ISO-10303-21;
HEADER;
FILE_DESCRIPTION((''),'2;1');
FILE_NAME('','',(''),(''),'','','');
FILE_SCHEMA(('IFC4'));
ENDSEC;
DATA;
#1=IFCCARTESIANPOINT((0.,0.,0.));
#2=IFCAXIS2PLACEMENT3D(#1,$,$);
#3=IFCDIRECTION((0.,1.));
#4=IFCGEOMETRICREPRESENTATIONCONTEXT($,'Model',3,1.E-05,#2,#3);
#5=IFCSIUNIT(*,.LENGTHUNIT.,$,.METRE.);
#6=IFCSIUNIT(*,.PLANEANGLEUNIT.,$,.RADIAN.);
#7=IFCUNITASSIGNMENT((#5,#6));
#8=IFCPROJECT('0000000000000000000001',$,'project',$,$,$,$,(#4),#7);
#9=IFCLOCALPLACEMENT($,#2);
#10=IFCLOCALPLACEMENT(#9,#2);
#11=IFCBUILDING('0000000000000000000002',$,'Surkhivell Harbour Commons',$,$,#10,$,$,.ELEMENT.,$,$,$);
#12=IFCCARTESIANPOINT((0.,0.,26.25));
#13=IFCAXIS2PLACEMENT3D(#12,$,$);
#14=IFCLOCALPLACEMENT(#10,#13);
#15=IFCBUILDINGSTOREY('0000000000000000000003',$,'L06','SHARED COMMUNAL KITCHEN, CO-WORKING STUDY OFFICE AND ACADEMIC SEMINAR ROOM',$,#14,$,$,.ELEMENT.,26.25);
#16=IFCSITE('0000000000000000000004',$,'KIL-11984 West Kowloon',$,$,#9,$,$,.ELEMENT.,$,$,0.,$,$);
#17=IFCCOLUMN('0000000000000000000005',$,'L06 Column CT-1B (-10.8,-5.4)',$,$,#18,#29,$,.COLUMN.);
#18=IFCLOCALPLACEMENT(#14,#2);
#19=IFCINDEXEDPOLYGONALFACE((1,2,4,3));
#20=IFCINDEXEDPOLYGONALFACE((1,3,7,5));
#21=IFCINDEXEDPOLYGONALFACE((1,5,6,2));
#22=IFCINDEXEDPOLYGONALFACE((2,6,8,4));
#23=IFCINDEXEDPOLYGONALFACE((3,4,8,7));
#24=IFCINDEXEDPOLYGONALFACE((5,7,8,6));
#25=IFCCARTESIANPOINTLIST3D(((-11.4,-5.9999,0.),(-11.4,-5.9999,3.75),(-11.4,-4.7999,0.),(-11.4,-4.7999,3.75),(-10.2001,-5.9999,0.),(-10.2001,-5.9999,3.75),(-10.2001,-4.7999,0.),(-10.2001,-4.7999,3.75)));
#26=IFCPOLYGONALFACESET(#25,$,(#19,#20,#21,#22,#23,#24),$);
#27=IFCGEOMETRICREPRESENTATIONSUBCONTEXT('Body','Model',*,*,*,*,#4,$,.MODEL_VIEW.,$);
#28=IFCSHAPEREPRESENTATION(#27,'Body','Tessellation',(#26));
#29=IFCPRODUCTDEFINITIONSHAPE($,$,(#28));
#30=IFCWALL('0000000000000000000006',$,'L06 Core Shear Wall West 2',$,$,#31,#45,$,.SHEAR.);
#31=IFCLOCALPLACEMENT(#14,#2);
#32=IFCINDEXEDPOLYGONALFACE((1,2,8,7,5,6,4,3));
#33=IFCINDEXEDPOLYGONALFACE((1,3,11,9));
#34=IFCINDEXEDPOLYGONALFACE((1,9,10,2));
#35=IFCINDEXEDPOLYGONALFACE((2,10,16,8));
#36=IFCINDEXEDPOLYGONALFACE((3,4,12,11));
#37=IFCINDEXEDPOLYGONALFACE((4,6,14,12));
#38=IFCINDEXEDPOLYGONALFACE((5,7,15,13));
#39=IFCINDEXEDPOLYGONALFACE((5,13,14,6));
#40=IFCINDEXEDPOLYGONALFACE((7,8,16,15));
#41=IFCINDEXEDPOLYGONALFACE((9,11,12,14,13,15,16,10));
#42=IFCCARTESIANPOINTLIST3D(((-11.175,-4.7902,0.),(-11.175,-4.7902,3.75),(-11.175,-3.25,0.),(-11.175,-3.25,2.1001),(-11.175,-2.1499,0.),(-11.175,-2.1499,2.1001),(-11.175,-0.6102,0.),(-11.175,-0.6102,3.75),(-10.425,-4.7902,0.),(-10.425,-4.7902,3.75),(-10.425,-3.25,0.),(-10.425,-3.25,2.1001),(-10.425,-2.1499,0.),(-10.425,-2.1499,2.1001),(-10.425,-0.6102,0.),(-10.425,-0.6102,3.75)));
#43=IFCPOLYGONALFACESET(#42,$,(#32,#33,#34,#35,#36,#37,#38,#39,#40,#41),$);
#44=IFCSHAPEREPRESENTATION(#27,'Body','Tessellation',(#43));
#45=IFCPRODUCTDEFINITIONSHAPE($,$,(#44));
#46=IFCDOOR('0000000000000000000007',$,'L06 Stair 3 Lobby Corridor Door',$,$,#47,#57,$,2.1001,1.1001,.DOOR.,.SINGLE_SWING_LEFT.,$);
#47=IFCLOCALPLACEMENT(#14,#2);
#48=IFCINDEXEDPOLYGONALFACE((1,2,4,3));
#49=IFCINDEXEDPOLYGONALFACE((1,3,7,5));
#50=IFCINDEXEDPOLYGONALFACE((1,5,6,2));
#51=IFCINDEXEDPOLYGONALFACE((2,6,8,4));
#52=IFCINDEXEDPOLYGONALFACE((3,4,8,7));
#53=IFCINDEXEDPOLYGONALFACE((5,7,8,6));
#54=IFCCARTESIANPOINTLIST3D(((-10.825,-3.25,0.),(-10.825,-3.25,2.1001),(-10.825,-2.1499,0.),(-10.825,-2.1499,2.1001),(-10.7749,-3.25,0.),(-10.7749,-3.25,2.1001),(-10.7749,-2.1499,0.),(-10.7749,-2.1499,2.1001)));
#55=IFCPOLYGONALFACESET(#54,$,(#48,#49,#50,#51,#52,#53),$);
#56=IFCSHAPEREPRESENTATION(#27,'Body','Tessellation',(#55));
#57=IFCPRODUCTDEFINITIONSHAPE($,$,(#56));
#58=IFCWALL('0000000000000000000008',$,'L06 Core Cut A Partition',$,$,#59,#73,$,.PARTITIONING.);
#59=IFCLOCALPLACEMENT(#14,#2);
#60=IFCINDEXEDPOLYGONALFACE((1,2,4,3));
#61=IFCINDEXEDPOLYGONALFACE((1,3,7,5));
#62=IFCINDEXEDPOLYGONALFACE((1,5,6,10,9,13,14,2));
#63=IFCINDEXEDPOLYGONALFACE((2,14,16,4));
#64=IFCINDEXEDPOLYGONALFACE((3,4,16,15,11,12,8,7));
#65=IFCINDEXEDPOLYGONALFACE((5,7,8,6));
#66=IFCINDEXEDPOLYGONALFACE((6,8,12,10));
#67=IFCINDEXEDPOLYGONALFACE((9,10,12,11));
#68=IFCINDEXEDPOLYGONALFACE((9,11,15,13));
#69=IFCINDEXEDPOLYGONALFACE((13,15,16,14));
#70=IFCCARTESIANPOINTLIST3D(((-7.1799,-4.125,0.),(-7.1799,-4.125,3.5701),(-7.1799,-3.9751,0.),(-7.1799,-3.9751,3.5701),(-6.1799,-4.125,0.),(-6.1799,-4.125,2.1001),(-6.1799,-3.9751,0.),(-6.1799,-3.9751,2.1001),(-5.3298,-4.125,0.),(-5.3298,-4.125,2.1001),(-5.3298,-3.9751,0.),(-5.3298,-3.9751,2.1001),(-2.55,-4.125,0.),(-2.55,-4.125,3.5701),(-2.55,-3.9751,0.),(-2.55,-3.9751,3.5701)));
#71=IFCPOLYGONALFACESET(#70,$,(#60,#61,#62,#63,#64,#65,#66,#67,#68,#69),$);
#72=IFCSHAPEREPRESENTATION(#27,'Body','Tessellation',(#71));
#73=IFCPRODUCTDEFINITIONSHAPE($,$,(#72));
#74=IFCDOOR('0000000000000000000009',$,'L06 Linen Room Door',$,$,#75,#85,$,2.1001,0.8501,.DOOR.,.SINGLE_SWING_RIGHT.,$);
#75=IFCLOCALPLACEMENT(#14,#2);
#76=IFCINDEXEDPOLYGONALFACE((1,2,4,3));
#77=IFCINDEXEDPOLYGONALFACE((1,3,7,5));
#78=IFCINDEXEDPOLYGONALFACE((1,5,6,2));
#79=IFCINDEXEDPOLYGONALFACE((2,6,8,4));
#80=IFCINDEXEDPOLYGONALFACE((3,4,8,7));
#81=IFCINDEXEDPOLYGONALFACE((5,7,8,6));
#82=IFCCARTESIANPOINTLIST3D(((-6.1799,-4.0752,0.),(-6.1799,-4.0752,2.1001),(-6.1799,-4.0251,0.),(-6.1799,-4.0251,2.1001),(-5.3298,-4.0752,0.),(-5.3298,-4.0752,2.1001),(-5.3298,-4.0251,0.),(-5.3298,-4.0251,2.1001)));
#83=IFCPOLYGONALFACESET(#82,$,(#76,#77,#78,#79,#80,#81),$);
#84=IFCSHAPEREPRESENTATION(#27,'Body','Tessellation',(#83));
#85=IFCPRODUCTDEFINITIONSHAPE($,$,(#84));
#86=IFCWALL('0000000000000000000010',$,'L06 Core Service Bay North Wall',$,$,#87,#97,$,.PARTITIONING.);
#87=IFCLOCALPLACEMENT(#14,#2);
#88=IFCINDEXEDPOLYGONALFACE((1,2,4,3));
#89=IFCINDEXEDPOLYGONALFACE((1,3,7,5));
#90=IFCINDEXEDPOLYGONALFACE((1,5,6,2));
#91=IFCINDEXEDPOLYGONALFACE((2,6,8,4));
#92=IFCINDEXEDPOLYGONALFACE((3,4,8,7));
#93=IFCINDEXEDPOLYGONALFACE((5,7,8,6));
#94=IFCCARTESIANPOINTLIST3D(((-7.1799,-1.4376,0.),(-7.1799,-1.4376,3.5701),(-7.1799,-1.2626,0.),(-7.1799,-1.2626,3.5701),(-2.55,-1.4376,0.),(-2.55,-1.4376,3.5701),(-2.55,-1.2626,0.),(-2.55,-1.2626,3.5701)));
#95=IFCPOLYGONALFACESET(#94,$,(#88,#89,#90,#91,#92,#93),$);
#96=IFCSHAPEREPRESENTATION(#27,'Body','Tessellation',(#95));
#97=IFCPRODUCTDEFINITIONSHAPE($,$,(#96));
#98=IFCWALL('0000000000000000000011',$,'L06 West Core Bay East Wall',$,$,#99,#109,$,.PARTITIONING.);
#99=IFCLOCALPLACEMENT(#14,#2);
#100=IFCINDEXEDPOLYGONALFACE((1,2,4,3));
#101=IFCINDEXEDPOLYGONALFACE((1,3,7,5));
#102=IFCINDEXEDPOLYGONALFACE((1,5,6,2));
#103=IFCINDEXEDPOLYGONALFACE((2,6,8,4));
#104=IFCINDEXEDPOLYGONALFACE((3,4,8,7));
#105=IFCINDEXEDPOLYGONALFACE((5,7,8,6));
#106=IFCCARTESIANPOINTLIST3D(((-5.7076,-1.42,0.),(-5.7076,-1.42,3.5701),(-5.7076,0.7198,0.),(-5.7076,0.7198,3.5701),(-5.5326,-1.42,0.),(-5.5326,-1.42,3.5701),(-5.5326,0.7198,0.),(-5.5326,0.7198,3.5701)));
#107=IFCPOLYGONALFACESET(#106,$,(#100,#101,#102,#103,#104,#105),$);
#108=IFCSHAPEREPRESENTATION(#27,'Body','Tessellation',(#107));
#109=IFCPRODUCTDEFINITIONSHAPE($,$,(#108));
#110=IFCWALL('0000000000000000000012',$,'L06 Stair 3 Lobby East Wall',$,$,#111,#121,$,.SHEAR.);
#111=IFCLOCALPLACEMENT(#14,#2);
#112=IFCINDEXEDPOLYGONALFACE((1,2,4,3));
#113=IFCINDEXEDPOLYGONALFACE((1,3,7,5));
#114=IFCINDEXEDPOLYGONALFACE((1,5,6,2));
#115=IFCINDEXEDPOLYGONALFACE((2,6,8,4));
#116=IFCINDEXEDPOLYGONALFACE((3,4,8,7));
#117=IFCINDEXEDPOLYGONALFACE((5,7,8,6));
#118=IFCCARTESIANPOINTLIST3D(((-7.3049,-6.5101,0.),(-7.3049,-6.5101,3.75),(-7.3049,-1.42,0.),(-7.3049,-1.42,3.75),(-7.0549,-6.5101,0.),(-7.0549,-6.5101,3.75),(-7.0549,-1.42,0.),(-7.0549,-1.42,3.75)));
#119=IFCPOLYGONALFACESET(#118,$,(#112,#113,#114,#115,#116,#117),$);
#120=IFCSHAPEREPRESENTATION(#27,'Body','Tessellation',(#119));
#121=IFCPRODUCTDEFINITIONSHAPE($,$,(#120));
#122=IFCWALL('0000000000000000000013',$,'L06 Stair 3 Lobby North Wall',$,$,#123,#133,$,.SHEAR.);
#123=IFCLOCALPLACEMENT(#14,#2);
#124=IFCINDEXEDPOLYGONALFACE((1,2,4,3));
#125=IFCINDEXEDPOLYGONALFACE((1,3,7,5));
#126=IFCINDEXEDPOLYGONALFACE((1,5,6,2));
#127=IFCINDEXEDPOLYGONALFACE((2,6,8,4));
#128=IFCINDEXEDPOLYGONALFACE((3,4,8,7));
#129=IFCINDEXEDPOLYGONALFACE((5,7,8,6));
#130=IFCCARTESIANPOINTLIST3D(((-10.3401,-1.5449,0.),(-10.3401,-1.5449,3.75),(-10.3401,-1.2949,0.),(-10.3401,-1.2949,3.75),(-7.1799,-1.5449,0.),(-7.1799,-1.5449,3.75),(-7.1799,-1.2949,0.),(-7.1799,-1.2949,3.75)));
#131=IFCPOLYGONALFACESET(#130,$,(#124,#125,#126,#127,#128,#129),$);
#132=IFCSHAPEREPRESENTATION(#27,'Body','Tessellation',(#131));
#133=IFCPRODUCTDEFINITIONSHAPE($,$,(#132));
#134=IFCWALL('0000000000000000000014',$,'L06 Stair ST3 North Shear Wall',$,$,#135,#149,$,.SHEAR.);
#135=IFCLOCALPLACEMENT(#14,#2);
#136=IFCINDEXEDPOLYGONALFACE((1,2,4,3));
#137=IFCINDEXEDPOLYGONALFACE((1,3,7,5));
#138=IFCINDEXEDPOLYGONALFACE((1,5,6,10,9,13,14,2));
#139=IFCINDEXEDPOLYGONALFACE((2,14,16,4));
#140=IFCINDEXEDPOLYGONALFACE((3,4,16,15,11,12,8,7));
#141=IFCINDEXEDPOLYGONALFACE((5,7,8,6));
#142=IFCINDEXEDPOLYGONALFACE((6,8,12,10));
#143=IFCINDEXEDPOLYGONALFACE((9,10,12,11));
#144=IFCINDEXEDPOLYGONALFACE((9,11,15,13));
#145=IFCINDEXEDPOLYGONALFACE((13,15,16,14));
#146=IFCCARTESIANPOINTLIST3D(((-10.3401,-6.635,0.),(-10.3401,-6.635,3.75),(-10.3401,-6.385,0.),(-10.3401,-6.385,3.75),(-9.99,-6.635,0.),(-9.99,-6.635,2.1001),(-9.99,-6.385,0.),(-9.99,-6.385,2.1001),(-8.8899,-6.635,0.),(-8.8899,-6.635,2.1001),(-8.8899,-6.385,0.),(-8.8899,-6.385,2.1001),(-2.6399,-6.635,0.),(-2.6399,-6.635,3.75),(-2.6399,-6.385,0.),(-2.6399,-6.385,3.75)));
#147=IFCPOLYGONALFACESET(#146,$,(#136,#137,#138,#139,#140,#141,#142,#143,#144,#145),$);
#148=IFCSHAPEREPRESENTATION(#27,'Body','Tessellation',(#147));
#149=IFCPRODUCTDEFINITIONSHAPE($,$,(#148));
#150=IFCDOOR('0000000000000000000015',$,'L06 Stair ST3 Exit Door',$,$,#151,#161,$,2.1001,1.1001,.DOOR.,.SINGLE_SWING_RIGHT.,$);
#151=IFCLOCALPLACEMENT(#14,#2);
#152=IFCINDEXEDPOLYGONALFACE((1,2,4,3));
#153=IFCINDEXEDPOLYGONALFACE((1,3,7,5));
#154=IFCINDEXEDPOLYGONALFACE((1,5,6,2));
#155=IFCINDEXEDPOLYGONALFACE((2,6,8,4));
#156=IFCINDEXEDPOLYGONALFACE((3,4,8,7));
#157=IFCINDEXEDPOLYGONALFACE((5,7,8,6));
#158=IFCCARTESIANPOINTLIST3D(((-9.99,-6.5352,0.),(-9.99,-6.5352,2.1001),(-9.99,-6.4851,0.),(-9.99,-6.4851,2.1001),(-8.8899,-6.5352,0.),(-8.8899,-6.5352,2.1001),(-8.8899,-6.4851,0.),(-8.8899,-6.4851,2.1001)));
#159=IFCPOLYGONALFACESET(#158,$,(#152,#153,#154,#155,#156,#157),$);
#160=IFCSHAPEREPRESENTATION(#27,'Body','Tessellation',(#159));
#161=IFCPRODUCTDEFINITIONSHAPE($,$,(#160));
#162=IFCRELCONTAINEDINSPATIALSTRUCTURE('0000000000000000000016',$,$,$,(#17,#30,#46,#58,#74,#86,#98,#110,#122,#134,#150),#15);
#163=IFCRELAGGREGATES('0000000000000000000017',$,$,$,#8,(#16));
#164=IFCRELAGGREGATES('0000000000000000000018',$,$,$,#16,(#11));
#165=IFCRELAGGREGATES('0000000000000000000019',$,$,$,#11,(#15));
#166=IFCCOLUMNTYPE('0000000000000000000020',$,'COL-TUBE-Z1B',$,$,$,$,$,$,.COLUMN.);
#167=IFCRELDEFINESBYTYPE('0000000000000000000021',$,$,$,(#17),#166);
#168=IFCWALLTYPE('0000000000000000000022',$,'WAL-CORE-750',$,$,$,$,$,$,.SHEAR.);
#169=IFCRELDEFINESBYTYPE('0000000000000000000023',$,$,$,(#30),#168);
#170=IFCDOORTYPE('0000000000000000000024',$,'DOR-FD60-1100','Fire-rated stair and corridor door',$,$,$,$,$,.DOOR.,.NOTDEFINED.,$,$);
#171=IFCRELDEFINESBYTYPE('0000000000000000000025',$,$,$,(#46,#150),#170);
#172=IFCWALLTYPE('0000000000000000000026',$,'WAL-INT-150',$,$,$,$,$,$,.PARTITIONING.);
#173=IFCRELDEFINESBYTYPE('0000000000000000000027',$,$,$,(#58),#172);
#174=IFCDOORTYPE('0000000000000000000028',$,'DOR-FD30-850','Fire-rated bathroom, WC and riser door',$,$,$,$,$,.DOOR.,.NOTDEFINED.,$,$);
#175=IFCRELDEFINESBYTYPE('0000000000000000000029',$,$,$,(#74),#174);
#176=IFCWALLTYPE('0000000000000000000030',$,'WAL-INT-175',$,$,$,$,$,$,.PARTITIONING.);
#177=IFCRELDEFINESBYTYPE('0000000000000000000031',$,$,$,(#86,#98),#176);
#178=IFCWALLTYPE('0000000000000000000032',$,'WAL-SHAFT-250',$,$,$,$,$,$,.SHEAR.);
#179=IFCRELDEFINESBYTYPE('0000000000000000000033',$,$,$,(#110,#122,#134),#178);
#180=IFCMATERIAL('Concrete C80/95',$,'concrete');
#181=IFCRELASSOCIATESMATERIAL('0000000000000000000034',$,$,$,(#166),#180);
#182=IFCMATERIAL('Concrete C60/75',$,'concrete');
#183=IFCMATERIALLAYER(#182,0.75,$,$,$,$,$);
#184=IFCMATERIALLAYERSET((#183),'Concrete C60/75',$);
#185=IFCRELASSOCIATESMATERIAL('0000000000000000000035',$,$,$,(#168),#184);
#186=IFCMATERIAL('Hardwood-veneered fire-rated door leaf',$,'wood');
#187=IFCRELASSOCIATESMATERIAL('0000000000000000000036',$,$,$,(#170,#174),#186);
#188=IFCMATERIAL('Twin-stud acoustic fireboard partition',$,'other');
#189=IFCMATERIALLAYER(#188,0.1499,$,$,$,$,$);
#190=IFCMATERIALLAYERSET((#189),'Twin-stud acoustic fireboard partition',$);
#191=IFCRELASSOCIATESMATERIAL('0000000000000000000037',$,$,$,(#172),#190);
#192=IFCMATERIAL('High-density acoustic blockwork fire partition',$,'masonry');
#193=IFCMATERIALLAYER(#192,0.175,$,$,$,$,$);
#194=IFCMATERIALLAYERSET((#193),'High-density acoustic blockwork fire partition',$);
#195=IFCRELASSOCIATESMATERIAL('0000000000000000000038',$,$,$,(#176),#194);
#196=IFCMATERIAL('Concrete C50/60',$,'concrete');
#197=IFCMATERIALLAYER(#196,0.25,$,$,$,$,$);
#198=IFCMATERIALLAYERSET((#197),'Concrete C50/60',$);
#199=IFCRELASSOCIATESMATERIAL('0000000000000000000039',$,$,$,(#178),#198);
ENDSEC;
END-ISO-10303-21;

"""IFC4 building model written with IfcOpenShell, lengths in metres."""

from ifc_helpers import new_model, si_unit, direction, frame, frame_2d, origin, origin_2d, place, context, subcontext, project, spatial, rectangle, extrude, material, layer, layer_set, material_profile, profile_set, type_object, element, fill, save


model = new_model("IFC4")

# Units and contexts
model_context = context("Model", 3, precision=1e-05, world=origin(), true_north=direction((0.0, 1.0)))
body_context = subcontext(model_context, "Body", "Model", "MODEL_VIEW")
ifc_project = project(units=[si_unit("LENGTHUNIT", "METRE"), si_unit("PLANEANGLEUNIT", "RADIAN")], contexts=[model_context])

# Site, building, storey
site_placement = place(None, origin())
site = spatial("IfcSite", under=ifc_project, at=site_placement, Name="KIL-11984 West Kowloon", CompositionType="ELEMENT", RefElevation=0.0)
building_placement = place(site_placement, origin())
building = spatial("IfcBuilding", under=site, at=building_placement, Name="Surkhivell Harbour Commons", CompositionType="ELEMENT")
storey_placement = place(building_placement, frame((0.0, 0.0, 26.25)))
storey = spatial("IfcBuildingStorey", under=building, at=storey_placement, Name="L06", Description="SHARED COMMUNAL KITCHEN, CO-WORKING STUDY OFFICE AND ACADEMIC SEMINAR ROOM", CompositionType="ELEMENT", Elevation=26.25)

# Column
ifc_material_1 = material(Name="Concrete C80/95", Category="concrete")
ifc_material_profile = material_profile(ifc_material_1, rectangle(XDim=1.2, YDim=1.2, at=origin_2d()), Name="RC-COL-1200x1200")
ifc_profile_set = profile_set([ifc_material_profile], Name="Concrete C80/95")
column_type = type_object("IfcColumnType", Name="COL-TUBE-Z1B", PredefinedType="COLUMN", material=ifc_profile_set)
column_placement = place(storey_placement, frame((-10.8, -5.3999, 0.0), z_axis=(0.0, 0.0, 1.0), x_axis=(1.0, 0.0, 0.0)))
element("IfcColumn", 1, at=column_placement, inside=storey, type_object=column_type, Name="L06 Column CT-1B (-10.8,-5.4)", PredefinedType="COLUMN", context=body_context, shape_type="SweptSolid", body=[
    extrude(rectangle(XDim=1.2, YDim=1.2, at=origin_2d()), origin(), (0.0, 0.0, 1.0), 3.75),
])

# Walls, openings, doors
ifc_material_2 = material(Name="Concrete C60/75", Category="concrete")
ifc_layer_1 = layer(ifc_material_2, 0.75)
ifc_layer_set_1 = layer_set([ifc_layer_1], Name="Concrete C60/75")
wall_type_1 = type_object("IfcWallType", Name="WAL-CORE-750", PredefinedType="SHEAR", material=ifc_layer_set_1)
wall_1_placement = place(storey_placement, frame((-10.8, -4.79, 0.0), z_axis=(0.0, 0.0, 1.0), x_axis=(0.0, 1.0, 0.0)))
wall_1 = element("IfcWall", 2, at=wall_1_placement, inside=storey, type_object=wall_type_1, Name="L06 Core Shear Wall West 2", PredefinedType="SHEAR", context=body_context, shape_type="SweptSolid", body=[
    extrude(rectangle(XDim=4.1799, YDim=0.75, at=frame_2d((2.0898, 0.0))), origin(), (0.0, 0.0, 1.0), 3.75),
])
opening_1_placement = place(wall_1_placement, frame((1.54, 0.0, 0.0)))
opening_1 = element("IfcOpeningElement", 3, at=opening_1_placement, cuts=wall_1, PredefinedType="OPENING", context=body_context, shape_type="SweptSolid", body=[
    extrude(rectangle(XDim=1.1001, YDim=2.1001, at=frame_2d((0.55, 1.05))), frame((0.0, 0.385, 0.0), z_axis=(0.0, -1.0, 0.0), x_axis=(1.0, 0.0, 0.0)), (0.0, 0.0, 1.0), 0.77),
])
ifc_material_3 = material(Name="Hardwood-veneered fire-rated door leaf", Category="wood")
door_type_1 = type_object("IfcDoorType", Name="DOR-FD60-1100", Description="Fire-rated stair and corridor door", OperationType="NOTDEFINED", PredefinedType="DOOR", material=ifc_material_3)
door_1_placement = place(opening_1_placement, origin())
door_1 = element("IfcDoor", 4, at=door_1_placement, inside=storey, type_object=door_type_1, Name="L06 Stair 3 Lobby Corridor Door", OperationType="SINGLE_SWING_LEFT", OverallHeight=2.1001, OverallWidth=1.1001, PredefinedType="DOOR", context=body_context, shape_type="SweptSolid", body=[
    extrude(rectangle(XDim=1.1001, YDim=2.1001, at=frame_2d((0.55, 1.05))), frame((0.0, 0.0249, 0.0), z_axis=(0.0, -1.0, 0.0), x_axis=(1.0, 0.0, 0.0)), (0.0, 0.0, 1.0), 0.05),
])
fill(opening_1, door_1)
ifc_material_4 = material(Name="Twin-stud acoustic fireboard partition", Category="other")
ifc_layer_2 = layer(ifc_material_4, 0.1499)
ifc_layer_set_2 = layer_set([ifc_layer_2], Name="Twin-stud acoustic fireboard partition")
wall_type_2 = type_object("IfcWallType", Name="WAL-INT-150", PredefinedType="PARTITIONING", material=ifc_layer_set_2)
wall_2_placement = place(storey_placement, frame((-7.1799, -4.05, 0.0), z_axis=(0.0, 0.0, 1.0), x_axis=(1.0, 0.0, 0.0)))
wall_2 = element("IfcWall", 5, at=wall_2_placement, inside=storey, type_object=wall_type_2, Name="L06 Core Cut A Partition", PredefinedType="PARTITIONING", context=body_context, shape_type="SweptSolid", body=[
    extrude(rectangle(XDim=4.6299, YDim=0.1499, at=frame_2d((2.3149, 0.0))), origin(), (0.0, 0.0, 1.0), 3.5701),
])
opening_2_placement = place(wall_2_placement, frame((1.0, 0.0, 0.0)))
opening_2 = element("IfcOpeningElement", 6, at=opening_2_placement, cuts=wall_2, PredefinedType="OPENING", context=body_context, shape_type="SweptSolid", body=[
    extrude(rectangle(XDim=0.8501, YDim=2.1001, at=frame_2d((0.425, 1.05))), frame((0.0, 0.085, 0.0), z_axis=(0.0, -1.0, 0.0), x_axis=(1.0, 0.0, 0.0)), (0.0, 0.0, 1.0), 0.1699),
])
door_type_2 = type_object("IfcDoorType", Name="DOR-FD30-850", Description="Fire-rated bathroom, WC and riser door", OperationType="NOTDEFINED", PredefinedType="DOOR", material=ifc_material_3)
door_2_placement = place(opening_2_placement, origin())
door_2 = element("IfcDoor", 7, at=door_2_placement, inside=storey, type_object=door_type_2, Name="L06 Linen Room Door", OperationType="SINGLE_SWING_RIGHT", OverallHeight=2.1001, OverallWidth=0.8501, PredefinedType="DOOR", context=body_context, shape_type="SweptSolid", body=[
    extrude(rectangle(XDim=0.8501, YDim=2.1001, at=frame_2d((0.425, 1.05))), frame((0.0, 0.0249, 0.0), z_axis=(0.0, -1.0, 0.0), x_axis=(1.0, 0.0, 0.0)), (0.0, 0.0, 1.0), 0.05),
])
fill(opening_2, door_2)

# Walls
ifc_material_5 = material(Name="High-density acoustic blockwork fire partition", Category="masonry")
ifc_layer_3 = layer(ifc_material_5, 0.175)
ifc_layer_set_3 = layer_set([ifc_layer_3], Name="High-density acoustic blockwork fire partition")
wall_type_3 = type_object("IfcWallType", Name="WAL-INT-175", PredefinedType="PARTITIONING", material=ifc_layer_set_3)
wall_3_placement = place(storey_placement, frame((-7.1799, -1.3501, 0.0), z_axis=(0.0, 0.0, 1.0), x_axis=(1.0, 0.0, 0.0)))
element("IfcWall", 8, at=wall_3_placement, inside=storey, type_object=wall_type_3, Name="L06 Core Service Bay North Wall", PredefinedType="PARTITIONING", context=body_context, shape_type="SweptSolid", body=[
    extrude(rectangle(XDim=4.6299, YDim=0.175, at=frame_2d((2.3149, 0.0))), origin(), (0.0, 0.0, 1.0), 3.5701),
])
wall_4_placement = place(storey_placement, frame((-5.6201, -1.4199, 0.0), z_axis=(0.0, 0.0, 1.0), x_axis=(0.0, 1.0, 0.0)))
element("IfcWall", 9, at=wall_4_placement, inside=storey, type_object=wall_type_3, Name="L06 West Core Bay East Wall", PredefinedType="PARTITIONING", context=body_context, shape_type="SweptSolid", body=[
    extrude(rectangle(XDim=2.1399, YDim=0.175, at=frame_2d((1.0698, 0.0))), origin(), (0.0, 0.0, 1.0), 3.5701),
])
ifc_material_6 = material(Name="Concrete C50/60", Category="concrete")
ifc_layer_4 = layer(ifc_material_6, 0.25)
ifc_layer_set_4 = layer_set([ifc_layer_4], Name="Concrete C50/60")
wall_type_4 = type_object("IfcWallType", Name="WAL-SHAFT-250", PredefinedType="SHEAR", material=ifc_layer_set_4)
wall_5_placement = place(storey_placement, frame((-7.1799, -6.51, 0.0), z_axis=(0.0, 0.0, 1.0), x_axis=(0.0, 1.0, 0.0)))
element("IfcWall", 10, at=wall_5_placement, inside=storey, type_object=wall_type_4, Name="L06 Stair 3 Lobby East Wall", PredefinedType="SHEAR", context=body_context, shape_type="SweptSolid", body=[
    extrude(rectangle(XDim=5.0901, YDim=0.25, at=frame_2d((2.5449, 0.0))), origin(), (0.0, 0.0, 1.0), 3.75),
])
wall_6_placement = place(storey_placement, frame((-10.3401, -1.4199, 0.0), z_axis=(0.0, 0.0, 1.0), x_axis=(1.0, 0.0, 0.0)))
element("IfcWall", 11, at=wall_6_placement, inside=storey, type_object=wall_type_4, Name="L06 Stair 3 Lobby North Wall", PredefinedType="SHEAR", context=body_context, shape_type="SweptSolid", body=[
    extrude(rectangle(XDim=3.1602, YDim=0.25, at=frame_2d((1.5801, 0.0))), origin(), (0.0, 0.0, 1.0), 3.75),
])

# Wall, opening, door
wall_7_placement = place(storey_placement, frame((-10.3401, -6.51, 0.0), z_axis=(0.0, 0.0, 1.0), x_axis=(1.0, 0.0, 0.0)))
wall_7 = element("IfcWall", 12, at=wall_7_placement, inside=storey, type_object=wall_type_4, Name="L06 Stair ST3 North Shear Wall", PredefinedType="SHEAR", context=body_context, shape_type="SweptSolid", body=[
    extrude(rectangle(XDim=7.7002, YDim=0.25, at=frame_2d((3.8501, 0.0))), origin(), (0.0, 0.0, 1.0), 3.75),
])
opening_3_placement = place(wall_7_placement, frame((0.3501, 0.0, 0.0)))
opening_3 = element("IfcOpeningElement", 13, at=opening_3_placement, cuts=wall_7, PredefinedType="OPENING", context=body_context, shape_type="SweptSolid", body=[
    extrude(rectangle(XDim=1.1001, YDim=2.1001, at=frame_2d((0.55, 1.05))), frame((0.0, 0.135, 0.0), z_axis=(0.0, -1.0, 0.0), x_axis=(1.0, 0.0, 0.0)), (0.0, 0.0, 1.0), 0.27),
])
door_3_placement = place(opening_3_placement, origin())
door_3 = element("IfcDoor", 14, at=door_3_placement, inside=storey, type_object=door_type_1, Name="L06 Stair ST3 Exit Door", OperationType="SINGLE_SWING_RIGHT", OverallHeight=2.1001, OverallWidth=1.1001, PredefinedType="DOOR", context=body_context, shape_type="SweptSolid", body=[
    extrude(rectangle(XDim=1.1001, YDim=2.1001, at=frame_2d((0.55, 1.05))), frame((0.0, 0.0249, 0.0), z_axis=(0.0, -1.0, 0.0), x_axis=(1.0, 0.0, 0.0)), (0.0, 0.0, 1.0), 0.05),
])
fill(opening_3, door_3)

save(model, "model.ifc")
